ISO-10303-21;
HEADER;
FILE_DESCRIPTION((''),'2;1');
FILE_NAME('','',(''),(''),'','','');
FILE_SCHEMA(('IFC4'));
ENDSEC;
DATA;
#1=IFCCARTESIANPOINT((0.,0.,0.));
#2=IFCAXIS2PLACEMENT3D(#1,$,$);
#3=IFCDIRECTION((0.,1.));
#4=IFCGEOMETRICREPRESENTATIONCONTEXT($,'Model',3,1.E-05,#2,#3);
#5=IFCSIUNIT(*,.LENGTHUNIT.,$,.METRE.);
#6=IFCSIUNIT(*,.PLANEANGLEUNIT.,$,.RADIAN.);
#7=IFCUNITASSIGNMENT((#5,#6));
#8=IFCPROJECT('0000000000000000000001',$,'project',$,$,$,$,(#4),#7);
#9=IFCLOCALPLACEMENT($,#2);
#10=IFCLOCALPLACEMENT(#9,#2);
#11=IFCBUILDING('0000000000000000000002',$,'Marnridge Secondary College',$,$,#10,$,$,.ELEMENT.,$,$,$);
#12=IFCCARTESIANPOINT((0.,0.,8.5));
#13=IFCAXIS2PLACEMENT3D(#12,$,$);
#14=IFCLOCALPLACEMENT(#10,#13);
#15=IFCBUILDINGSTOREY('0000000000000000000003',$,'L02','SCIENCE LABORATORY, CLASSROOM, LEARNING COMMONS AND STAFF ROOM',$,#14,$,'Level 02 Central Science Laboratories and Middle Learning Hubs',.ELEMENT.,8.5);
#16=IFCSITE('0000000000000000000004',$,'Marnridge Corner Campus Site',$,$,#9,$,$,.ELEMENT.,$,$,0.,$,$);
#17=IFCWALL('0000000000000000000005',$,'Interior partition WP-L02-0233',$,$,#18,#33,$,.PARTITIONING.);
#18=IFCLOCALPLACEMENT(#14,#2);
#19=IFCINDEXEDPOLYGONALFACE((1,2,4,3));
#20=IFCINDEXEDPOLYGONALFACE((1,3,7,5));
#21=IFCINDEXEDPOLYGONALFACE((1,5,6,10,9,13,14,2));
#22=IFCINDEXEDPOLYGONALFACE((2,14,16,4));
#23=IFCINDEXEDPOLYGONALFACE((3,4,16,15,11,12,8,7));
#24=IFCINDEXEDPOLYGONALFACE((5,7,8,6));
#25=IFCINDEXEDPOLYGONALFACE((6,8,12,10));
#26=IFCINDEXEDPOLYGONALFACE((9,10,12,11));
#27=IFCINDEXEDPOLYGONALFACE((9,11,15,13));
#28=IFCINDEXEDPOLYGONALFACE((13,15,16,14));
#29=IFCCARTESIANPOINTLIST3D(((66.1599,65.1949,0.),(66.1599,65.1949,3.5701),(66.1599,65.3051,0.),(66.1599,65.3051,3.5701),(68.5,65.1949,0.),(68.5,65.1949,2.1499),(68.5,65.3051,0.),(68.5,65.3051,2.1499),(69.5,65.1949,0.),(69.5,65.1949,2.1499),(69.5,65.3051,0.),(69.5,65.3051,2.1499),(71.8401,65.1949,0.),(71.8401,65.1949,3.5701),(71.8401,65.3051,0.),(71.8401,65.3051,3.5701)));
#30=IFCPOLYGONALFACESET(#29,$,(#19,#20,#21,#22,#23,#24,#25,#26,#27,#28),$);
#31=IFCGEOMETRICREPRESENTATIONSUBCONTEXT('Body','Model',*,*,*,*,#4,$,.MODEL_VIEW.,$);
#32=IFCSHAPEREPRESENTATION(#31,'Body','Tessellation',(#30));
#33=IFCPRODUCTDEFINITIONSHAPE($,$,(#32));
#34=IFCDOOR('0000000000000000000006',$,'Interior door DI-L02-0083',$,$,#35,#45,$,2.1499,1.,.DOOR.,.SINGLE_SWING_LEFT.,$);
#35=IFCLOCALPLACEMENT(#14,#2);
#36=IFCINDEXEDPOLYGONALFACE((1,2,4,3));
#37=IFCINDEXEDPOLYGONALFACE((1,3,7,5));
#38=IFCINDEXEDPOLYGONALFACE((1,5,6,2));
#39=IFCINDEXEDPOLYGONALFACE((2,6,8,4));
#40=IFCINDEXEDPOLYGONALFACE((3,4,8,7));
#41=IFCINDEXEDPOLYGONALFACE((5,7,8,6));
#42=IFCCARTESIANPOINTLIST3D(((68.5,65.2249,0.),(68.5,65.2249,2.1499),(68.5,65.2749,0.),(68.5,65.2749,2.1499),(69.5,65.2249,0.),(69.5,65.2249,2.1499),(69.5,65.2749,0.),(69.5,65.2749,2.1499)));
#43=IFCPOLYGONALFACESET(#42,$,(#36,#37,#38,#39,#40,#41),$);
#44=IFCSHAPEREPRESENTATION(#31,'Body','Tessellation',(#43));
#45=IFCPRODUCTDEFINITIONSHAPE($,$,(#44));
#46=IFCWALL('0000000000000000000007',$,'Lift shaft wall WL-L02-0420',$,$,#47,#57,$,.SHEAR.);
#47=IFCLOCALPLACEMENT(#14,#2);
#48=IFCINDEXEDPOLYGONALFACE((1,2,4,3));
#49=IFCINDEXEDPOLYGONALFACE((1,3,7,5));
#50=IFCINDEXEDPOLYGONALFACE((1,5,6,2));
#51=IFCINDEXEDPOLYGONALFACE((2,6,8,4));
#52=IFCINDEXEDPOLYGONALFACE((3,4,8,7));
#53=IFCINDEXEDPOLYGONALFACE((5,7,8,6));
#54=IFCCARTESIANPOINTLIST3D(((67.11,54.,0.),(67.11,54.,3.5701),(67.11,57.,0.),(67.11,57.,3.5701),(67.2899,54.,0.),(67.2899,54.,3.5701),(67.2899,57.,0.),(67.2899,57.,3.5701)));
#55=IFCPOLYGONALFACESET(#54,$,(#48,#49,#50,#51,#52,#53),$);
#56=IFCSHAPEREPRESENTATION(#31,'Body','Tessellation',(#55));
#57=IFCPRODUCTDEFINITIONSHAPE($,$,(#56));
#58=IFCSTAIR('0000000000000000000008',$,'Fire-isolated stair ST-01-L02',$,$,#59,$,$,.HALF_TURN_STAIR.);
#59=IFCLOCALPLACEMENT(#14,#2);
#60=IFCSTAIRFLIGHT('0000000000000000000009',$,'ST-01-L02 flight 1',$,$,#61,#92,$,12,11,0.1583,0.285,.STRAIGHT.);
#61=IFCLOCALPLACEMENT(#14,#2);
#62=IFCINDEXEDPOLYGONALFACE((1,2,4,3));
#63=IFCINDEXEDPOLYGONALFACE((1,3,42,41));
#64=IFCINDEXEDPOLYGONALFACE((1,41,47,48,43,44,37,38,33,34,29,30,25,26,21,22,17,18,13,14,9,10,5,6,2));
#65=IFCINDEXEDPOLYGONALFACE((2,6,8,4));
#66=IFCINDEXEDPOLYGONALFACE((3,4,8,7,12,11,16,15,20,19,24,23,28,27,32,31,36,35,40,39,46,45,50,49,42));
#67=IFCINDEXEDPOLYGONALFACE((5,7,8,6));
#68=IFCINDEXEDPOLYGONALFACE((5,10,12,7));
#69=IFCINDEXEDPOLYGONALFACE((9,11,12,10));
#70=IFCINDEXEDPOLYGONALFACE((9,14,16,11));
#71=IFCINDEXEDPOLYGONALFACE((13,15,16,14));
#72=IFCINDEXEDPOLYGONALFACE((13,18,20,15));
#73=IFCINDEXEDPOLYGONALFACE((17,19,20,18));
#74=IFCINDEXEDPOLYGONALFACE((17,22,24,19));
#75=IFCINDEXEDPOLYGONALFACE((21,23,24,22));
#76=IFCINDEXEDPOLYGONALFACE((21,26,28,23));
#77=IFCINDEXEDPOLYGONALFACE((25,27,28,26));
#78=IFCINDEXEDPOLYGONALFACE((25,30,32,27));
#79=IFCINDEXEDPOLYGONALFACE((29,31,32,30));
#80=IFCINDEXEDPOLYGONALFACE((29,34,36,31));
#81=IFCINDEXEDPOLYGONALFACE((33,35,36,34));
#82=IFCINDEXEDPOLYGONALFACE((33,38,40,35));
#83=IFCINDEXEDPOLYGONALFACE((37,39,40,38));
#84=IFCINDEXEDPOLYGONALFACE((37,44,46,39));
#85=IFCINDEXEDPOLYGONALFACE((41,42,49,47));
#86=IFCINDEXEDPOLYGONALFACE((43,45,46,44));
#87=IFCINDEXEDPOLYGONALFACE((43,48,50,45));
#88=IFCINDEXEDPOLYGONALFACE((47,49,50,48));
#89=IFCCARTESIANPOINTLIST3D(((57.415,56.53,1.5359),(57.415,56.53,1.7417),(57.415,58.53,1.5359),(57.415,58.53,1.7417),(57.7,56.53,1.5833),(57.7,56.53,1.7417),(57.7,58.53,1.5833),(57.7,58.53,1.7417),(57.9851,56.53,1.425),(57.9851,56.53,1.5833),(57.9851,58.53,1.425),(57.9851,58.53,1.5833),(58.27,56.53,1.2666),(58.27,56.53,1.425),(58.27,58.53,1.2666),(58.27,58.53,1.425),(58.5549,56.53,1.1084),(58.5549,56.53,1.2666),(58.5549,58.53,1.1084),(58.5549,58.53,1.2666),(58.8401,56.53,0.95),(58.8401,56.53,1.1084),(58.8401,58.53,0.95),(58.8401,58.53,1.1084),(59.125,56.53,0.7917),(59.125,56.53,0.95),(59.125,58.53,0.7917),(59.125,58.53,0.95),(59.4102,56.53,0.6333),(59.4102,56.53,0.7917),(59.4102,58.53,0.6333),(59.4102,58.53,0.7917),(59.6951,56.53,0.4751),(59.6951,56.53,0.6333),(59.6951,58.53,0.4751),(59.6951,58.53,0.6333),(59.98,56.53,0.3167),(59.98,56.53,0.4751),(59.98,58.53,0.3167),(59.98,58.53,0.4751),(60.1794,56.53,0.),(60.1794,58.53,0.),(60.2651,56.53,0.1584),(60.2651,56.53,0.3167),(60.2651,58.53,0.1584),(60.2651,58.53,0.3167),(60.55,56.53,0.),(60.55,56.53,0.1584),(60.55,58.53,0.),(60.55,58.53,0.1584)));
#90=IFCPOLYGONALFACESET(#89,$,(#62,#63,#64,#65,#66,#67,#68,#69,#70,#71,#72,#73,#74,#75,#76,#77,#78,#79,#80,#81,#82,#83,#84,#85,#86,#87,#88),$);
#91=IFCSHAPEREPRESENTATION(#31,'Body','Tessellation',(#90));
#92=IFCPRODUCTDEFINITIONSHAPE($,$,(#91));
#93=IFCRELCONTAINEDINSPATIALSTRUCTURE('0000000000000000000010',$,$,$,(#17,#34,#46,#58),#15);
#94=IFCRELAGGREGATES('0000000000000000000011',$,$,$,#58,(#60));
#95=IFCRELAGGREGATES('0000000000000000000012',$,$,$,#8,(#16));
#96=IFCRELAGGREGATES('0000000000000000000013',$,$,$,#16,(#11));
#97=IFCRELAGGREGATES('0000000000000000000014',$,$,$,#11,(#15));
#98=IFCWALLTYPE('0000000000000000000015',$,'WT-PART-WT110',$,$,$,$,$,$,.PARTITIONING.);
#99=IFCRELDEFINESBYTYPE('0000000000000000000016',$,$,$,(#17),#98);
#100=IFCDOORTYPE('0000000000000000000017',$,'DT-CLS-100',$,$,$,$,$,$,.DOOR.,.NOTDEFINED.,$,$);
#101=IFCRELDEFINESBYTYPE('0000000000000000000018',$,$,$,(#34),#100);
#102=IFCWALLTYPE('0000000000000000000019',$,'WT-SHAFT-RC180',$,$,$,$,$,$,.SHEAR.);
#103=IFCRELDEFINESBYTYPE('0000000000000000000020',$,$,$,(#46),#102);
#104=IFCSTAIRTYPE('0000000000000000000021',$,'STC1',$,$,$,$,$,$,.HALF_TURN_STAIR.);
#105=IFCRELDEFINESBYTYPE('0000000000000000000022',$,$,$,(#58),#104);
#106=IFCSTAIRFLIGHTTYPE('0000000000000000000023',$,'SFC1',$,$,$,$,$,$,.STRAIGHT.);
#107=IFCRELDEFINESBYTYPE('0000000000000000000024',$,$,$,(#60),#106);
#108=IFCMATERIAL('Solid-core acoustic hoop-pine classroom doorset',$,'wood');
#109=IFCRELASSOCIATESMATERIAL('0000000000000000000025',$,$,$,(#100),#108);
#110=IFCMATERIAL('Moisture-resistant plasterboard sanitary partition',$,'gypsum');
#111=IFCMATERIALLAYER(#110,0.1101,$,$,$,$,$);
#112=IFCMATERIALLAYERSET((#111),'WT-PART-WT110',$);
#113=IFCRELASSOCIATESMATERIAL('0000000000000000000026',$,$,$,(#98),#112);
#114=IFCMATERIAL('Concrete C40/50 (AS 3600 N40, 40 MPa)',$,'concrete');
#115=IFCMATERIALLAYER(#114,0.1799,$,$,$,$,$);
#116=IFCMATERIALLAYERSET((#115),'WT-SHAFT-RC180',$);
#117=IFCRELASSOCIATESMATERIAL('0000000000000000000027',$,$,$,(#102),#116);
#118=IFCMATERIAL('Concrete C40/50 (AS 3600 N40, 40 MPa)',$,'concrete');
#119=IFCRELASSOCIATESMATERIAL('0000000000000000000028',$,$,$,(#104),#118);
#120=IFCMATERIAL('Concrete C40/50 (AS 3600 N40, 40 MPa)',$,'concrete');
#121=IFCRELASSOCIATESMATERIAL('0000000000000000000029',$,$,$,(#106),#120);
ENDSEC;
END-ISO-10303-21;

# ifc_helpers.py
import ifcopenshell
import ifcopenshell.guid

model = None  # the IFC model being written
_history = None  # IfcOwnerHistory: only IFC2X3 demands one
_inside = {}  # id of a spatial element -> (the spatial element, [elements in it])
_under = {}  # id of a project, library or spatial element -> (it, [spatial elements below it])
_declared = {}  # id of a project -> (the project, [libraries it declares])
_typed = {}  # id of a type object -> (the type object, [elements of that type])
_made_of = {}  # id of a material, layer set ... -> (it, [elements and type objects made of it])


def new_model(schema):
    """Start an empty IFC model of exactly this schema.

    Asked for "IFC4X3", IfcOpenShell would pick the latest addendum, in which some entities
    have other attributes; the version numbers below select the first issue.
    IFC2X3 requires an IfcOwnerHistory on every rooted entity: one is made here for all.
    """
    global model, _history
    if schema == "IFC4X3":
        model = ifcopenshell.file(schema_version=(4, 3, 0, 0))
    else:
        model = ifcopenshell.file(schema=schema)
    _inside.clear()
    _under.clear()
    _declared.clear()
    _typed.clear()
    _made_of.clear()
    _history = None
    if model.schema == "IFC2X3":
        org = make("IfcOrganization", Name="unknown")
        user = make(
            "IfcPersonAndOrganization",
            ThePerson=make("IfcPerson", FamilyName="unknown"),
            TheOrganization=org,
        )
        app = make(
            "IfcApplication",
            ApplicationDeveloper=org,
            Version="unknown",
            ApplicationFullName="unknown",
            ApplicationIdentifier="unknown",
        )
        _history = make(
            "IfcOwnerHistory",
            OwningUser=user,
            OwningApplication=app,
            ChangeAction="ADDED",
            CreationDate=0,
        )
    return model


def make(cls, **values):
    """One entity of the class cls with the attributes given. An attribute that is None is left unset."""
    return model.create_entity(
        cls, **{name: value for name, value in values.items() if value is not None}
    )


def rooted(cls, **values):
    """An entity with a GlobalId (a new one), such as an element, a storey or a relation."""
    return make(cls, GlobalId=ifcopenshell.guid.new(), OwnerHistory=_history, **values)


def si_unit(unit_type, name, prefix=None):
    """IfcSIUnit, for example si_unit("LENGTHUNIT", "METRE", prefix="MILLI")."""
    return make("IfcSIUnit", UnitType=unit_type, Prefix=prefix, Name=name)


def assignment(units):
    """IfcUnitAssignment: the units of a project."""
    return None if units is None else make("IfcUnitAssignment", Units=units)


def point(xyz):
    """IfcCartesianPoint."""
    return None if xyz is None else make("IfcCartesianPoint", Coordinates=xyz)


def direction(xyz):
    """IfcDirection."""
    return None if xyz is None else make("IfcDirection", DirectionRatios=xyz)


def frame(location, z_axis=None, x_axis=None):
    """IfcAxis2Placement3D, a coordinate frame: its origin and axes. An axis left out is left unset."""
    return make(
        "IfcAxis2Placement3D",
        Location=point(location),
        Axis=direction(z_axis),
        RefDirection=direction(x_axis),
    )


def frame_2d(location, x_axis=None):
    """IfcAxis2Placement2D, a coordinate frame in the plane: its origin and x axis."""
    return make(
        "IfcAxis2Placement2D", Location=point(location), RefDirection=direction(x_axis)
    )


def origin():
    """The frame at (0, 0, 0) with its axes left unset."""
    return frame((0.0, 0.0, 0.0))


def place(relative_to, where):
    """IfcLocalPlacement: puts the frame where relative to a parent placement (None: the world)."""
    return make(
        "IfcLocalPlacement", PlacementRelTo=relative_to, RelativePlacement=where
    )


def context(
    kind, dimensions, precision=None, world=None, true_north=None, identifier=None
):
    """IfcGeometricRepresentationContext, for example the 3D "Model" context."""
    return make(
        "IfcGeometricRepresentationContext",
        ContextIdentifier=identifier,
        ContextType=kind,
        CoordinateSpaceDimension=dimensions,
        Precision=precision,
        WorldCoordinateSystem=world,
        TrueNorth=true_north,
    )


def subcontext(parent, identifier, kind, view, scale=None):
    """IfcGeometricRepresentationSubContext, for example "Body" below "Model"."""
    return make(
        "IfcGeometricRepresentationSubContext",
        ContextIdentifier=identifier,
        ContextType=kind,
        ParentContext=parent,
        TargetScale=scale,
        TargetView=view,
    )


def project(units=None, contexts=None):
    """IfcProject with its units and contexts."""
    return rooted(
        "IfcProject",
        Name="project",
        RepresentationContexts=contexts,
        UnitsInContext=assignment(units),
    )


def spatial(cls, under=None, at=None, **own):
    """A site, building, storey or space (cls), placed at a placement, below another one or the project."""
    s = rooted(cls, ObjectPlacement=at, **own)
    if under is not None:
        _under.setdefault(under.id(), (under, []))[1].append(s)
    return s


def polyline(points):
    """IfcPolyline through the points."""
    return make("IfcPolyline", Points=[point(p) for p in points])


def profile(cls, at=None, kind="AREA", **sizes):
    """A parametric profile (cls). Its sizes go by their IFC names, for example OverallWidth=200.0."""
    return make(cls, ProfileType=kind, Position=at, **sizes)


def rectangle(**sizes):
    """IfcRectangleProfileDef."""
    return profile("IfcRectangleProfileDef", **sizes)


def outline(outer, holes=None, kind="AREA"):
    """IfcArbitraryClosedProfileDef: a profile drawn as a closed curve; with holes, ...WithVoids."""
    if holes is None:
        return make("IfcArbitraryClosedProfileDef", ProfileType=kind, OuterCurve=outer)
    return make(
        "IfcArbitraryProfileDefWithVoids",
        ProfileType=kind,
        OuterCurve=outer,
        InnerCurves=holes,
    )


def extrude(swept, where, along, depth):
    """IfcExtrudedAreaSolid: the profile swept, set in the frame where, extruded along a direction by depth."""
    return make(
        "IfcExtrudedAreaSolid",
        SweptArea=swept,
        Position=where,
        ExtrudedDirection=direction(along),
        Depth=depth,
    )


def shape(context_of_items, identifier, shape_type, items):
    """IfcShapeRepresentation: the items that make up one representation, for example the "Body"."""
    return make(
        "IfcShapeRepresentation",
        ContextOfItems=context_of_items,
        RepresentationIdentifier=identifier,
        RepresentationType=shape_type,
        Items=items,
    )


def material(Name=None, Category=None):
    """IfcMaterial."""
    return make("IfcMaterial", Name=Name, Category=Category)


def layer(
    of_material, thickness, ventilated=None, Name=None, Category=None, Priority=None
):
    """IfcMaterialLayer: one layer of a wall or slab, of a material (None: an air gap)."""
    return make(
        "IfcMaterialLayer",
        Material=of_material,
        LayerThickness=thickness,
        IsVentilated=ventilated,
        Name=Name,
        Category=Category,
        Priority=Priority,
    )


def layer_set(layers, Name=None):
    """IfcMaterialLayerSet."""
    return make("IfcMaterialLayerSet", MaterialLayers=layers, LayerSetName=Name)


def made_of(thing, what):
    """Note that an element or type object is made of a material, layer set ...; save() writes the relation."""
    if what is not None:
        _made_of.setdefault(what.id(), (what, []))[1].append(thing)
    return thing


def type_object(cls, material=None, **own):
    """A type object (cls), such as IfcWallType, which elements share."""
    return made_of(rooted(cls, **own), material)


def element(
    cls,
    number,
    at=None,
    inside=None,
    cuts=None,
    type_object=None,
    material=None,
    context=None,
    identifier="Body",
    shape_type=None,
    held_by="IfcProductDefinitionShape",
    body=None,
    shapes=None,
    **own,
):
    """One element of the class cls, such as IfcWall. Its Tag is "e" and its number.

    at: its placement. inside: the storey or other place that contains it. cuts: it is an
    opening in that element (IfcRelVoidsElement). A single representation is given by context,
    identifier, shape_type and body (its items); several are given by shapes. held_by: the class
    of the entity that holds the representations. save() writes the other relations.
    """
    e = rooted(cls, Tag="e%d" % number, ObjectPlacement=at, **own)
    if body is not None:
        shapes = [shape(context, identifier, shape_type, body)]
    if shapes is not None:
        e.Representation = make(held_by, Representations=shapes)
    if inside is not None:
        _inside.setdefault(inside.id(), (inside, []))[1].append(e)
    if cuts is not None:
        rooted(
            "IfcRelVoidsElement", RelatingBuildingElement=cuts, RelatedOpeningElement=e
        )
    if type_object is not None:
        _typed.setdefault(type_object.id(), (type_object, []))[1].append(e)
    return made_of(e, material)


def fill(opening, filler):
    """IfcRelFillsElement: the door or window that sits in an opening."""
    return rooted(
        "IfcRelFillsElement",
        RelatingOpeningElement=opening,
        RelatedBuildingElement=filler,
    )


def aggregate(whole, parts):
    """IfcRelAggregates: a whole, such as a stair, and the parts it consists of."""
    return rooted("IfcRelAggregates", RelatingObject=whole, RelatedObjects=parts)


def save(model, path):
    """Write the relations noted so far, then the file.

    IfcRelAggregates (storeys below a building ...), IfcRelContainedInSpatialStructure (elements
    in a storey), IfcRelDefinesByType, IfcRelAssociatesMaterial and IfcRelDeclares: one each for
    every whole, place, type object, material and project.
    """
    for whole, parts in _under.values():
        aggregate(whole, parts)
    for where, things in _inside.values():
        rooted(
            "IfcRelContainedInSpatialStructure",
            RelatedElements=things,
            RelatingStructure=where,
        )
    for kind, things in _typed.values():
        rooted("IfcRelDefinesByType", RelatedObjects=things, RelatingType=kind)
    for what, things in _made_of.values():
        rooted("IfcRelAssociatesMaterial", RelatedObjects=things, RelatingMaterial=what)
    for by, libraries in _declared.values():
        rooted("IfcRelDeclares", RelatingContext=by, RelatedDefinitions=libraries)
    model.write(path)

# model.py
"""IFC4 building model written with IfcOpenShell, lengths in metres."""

from ifc_helpers import new_model, si_unit, direction, frame, frame_2d, origin, place, context, subcontext, project, spatial, polyline, rectangle, outline, extrude, material, layer, layer_set, type_object, element, fill, aggregate, save


model = new_model("IFC4")

# Units and contexts
model_context = context("Model", 3, precision=1e-05, world=origin(), true_north=direction((0.0, 1.0)))
body_context = subcontext(model_context, "Body", "Model", "MODEL_VIEW")
ifc_project = project(units=[si_unit("LENGTHUNIT", "METRE"), si_unit("PLANEANGLEUNIT", "RADIAN")], contexts=[model_context])

# Site, building, storey
site_placement = place(None, origin())
site = spatial("IfcSite", under=ifc_project, at=site_placement, Name="Marnridge Corner Campus Site", CompositionType="ELEMENT", RefElevation=0.0)
building_placement = place(site_placement, origin())
building = spatial("IfcBuilding", under=site, at=building_placement, Name="Marnridge Secondary College", CompositionType="ELEMENT")
storey_placement = place(building_placement, frame((0.0, 0.0, 8.5)))
storey = spatial("IfcBuildingStorey", under=building, at=storey_placement, Name="L02", Description="SCIENCE LABORATORY, CLASSROOM, LEARNING COMMONS AND STAFF ROOM", LongName="Level 02 Central Science Laboratories and Middle Learning Hubs", CompositionType="ELEMENT", Elevation=8.5)

# Shared definitions
ifc_material_1 = material(Name="Solid-core acoustic hoop-pine classroom doorset", Category="wood")
door_type_1 = type_object("IfcDoorType", Name="DT-CLS-100", OperationType="NOTDEFINED", PredefinedType="DOOR", material=ifc_material_1)

# Shared definitions
ifc_material_2 = material(Name="Moisture-resistant plasterboard sanitary partition", Category="gypsum")
ifc_layer_1 = layer(ifc_material_2, 0.1101)
ifc_layer_set_1 = layer_set([ifc_layer_1], Name="WT-PART-WT110")
wall_type_1 = type_object("IfcWallType", Name="WT-PART-WT110", PredefinedType="PARTITIONING", material=ifc_layer_set_1)

# Wall, opening, door
wall_1_placement = place(storey_placement, frame((66.1599, 65.25, 0.0), z_axis=(0.0, 0.0, 1.0), x_axis=(1.0, 0.0, 0.0)))
wall_1 = element("IfcWall", 1, at=wall_1_placement, inside=storey, type_object=wall_type_1, Name="Interior partition WP-L02-0233", PredefinedType="PARTITIONING", context=body_context, shape_type="SweptSolid", body=[
    extrude(rectangle(XDim=5.6802, YDim=0.1101, at=frame_2d((2.8401, 0.0))), origin(), (0.0, 0.0, 1.0), 3.5701),
])
opening_1_placement = place(wall_1_placement, frame((2.3401, 0.0, 0.0)))
opening_1 = element("IfcOpeningElement", 2, at=opening_1_placement, cuts=wall_1, PredefinedType="OPENING", context=body_context, shape_type="SweptSolid", body=[
    extrude(rectangle(XDim=1.0, YDim=2.1499, at=frame_2d((0.5, 1.075))), frame((0.0, 0.0649, 0.0), z_axis=(0.0, -1.0, 0.0), x_axis=(1.0, 0.0, 0.0)), (0.0, 0.0, 1.0), 0.1301),
])
door_1_placement = place(opening_1_placement, origin())
door_1 = element("IfcDoor", 3, at=door_1_placement, inside=storey, type_object=door_type_1, Name="Interior door DI-L02-0083", OperationType="SINGLE_SWING_LEFT", OverallHeight=2.1499, OverallWidth=1.0, PredefinedType="DOOR", context=body_context, shape_type="SweptSolid", body=[
    extrude(rectangle(XDim=1.0, YDim=2.1499, at=frame_2d((0.5, 1.075))), frame((0.0, 0.0249, 0.0), z_axis=(0.0, -1.0, 0.0), x_axis=(1.0, 0.0, 0.0)), (0.0, 0.0, 1.0), 0.05),
])
fill(opening_1, door_1)
ifc_material_3 = material(Name="Concrete C40/50 (AS 3600 N40, 40 MPa)", Category="concrete")
ifc_layer_2 = layer(ifc_material_3, 0.1799)
ifc_layer_set_2 = layer_set([ifc_layer_2], Name="WT-SHAFT-RC180")
wall_type_2 = type_object("IfcWallType", Name="WT-SHAFT-RC180", PredefinedType="SHEAR", material=ifc_layer_set_2)

# Wall
wall_2_placement = place(storey_placement, frame((67.2, 57.0, 0.0), z_axis=(0.0, 0.0, 1.0), x_axis=(0.0, -1.0, 0.0)))
element("IfcWall", 4, at=wall_2_placement, inside=storey, type_object=wall_type_2, Name="Lift shaft wall WL-L02-0420", PredefinedType="SHEAR", context=body_context, shape_type="SweptSolid", body=[
    extrude(rectangle(XDim=3.0, YDim=0.1799, at=frame_2d((1.5, 0.0))), origin(), (0.0, 0.0, 1.0), 3.5701),
])

# Stair, stair flight
ifc_material_4 = material(Name="Concrete C40/50 (AS 3600 N40, 40 MPa)", Category="concrete")
stair_type = type_object("IfcStairType", Name="STC1", PredefinedType="HALF_TURN_STAIR", material=ifc_material_4)
stair_placement = place(storey_placement, origin())
stair = element("IfcStair", 5, at=stair_placement, inside=storey, type_object=stair_type, Name="Fire-isolated stair ST-01-L02", PredefinedType="HALF_TURN_STAIR")
ifc_material_5 = material(Name="Concrete C40/50 (AS 3600 N40, 40 MPa)", Category="concrete")
stair_flight_type = type_object("IfcStairFlightType", Name="SFC1", PredefinedType="STRAIGHT", material=ifc_material_5)
stair_flight_placement = place(storey_placement, frame((60.55, 57.53, 0.0), z_axis=(0.0, 0.0, 1.0), x_axis=(-1.0, 0.0, 0.0)))
stair_flight = element("IfcStairFlight", 6, at=stair_flight_placement, type_object=stair_flight_type, Name="ST-01-L02 flight 1", NumberOfRisers=12, NumberOfTreads=11, PredefinedType="STRAIGHT", RiserHeight=0.1583, TreadLength=0.285, context=body_context, shape_type="SweptSolid", body=[
    extrude(outline(polyline([(0.0, 0.0), (0.0, 0.1584), (0.2849, 0.1584), (0.2849, 0.3167), (0.5701, 0.3167), (0.5701, 0.4751), (0.855, 0.4751), (0.855, 0.6333), (1.1399, 0.6333), (1.1399, 0.7917), (1.425, 0.7917), (1.425, 0.95), (1.71, 0.95), (1.71, 1.1084), (1.9951, 1.1084), (1.9951, 1.2666), (2.28, 1.2666), (2.28, 1.425), (2.5649, 1.425), (2.5649, 1.5833), (2.8501, 1.5833), (2.8501, 1.7417), (3.135, 1.7417), (3.135, 1.8999), (3.135, 1.5359), (0.3706, 0.0), (0.0, 0.0)])), frame((0.0, 1.0, 0.0), z_axis=(0.0, -1.0, 0.0), x_axis=(1.0, 0.0, 0.0)), (0.0, 0.0, 1.0), 2.0),
])
aggregate(stair, [stair_flight])

save(model, "model.ifc")
